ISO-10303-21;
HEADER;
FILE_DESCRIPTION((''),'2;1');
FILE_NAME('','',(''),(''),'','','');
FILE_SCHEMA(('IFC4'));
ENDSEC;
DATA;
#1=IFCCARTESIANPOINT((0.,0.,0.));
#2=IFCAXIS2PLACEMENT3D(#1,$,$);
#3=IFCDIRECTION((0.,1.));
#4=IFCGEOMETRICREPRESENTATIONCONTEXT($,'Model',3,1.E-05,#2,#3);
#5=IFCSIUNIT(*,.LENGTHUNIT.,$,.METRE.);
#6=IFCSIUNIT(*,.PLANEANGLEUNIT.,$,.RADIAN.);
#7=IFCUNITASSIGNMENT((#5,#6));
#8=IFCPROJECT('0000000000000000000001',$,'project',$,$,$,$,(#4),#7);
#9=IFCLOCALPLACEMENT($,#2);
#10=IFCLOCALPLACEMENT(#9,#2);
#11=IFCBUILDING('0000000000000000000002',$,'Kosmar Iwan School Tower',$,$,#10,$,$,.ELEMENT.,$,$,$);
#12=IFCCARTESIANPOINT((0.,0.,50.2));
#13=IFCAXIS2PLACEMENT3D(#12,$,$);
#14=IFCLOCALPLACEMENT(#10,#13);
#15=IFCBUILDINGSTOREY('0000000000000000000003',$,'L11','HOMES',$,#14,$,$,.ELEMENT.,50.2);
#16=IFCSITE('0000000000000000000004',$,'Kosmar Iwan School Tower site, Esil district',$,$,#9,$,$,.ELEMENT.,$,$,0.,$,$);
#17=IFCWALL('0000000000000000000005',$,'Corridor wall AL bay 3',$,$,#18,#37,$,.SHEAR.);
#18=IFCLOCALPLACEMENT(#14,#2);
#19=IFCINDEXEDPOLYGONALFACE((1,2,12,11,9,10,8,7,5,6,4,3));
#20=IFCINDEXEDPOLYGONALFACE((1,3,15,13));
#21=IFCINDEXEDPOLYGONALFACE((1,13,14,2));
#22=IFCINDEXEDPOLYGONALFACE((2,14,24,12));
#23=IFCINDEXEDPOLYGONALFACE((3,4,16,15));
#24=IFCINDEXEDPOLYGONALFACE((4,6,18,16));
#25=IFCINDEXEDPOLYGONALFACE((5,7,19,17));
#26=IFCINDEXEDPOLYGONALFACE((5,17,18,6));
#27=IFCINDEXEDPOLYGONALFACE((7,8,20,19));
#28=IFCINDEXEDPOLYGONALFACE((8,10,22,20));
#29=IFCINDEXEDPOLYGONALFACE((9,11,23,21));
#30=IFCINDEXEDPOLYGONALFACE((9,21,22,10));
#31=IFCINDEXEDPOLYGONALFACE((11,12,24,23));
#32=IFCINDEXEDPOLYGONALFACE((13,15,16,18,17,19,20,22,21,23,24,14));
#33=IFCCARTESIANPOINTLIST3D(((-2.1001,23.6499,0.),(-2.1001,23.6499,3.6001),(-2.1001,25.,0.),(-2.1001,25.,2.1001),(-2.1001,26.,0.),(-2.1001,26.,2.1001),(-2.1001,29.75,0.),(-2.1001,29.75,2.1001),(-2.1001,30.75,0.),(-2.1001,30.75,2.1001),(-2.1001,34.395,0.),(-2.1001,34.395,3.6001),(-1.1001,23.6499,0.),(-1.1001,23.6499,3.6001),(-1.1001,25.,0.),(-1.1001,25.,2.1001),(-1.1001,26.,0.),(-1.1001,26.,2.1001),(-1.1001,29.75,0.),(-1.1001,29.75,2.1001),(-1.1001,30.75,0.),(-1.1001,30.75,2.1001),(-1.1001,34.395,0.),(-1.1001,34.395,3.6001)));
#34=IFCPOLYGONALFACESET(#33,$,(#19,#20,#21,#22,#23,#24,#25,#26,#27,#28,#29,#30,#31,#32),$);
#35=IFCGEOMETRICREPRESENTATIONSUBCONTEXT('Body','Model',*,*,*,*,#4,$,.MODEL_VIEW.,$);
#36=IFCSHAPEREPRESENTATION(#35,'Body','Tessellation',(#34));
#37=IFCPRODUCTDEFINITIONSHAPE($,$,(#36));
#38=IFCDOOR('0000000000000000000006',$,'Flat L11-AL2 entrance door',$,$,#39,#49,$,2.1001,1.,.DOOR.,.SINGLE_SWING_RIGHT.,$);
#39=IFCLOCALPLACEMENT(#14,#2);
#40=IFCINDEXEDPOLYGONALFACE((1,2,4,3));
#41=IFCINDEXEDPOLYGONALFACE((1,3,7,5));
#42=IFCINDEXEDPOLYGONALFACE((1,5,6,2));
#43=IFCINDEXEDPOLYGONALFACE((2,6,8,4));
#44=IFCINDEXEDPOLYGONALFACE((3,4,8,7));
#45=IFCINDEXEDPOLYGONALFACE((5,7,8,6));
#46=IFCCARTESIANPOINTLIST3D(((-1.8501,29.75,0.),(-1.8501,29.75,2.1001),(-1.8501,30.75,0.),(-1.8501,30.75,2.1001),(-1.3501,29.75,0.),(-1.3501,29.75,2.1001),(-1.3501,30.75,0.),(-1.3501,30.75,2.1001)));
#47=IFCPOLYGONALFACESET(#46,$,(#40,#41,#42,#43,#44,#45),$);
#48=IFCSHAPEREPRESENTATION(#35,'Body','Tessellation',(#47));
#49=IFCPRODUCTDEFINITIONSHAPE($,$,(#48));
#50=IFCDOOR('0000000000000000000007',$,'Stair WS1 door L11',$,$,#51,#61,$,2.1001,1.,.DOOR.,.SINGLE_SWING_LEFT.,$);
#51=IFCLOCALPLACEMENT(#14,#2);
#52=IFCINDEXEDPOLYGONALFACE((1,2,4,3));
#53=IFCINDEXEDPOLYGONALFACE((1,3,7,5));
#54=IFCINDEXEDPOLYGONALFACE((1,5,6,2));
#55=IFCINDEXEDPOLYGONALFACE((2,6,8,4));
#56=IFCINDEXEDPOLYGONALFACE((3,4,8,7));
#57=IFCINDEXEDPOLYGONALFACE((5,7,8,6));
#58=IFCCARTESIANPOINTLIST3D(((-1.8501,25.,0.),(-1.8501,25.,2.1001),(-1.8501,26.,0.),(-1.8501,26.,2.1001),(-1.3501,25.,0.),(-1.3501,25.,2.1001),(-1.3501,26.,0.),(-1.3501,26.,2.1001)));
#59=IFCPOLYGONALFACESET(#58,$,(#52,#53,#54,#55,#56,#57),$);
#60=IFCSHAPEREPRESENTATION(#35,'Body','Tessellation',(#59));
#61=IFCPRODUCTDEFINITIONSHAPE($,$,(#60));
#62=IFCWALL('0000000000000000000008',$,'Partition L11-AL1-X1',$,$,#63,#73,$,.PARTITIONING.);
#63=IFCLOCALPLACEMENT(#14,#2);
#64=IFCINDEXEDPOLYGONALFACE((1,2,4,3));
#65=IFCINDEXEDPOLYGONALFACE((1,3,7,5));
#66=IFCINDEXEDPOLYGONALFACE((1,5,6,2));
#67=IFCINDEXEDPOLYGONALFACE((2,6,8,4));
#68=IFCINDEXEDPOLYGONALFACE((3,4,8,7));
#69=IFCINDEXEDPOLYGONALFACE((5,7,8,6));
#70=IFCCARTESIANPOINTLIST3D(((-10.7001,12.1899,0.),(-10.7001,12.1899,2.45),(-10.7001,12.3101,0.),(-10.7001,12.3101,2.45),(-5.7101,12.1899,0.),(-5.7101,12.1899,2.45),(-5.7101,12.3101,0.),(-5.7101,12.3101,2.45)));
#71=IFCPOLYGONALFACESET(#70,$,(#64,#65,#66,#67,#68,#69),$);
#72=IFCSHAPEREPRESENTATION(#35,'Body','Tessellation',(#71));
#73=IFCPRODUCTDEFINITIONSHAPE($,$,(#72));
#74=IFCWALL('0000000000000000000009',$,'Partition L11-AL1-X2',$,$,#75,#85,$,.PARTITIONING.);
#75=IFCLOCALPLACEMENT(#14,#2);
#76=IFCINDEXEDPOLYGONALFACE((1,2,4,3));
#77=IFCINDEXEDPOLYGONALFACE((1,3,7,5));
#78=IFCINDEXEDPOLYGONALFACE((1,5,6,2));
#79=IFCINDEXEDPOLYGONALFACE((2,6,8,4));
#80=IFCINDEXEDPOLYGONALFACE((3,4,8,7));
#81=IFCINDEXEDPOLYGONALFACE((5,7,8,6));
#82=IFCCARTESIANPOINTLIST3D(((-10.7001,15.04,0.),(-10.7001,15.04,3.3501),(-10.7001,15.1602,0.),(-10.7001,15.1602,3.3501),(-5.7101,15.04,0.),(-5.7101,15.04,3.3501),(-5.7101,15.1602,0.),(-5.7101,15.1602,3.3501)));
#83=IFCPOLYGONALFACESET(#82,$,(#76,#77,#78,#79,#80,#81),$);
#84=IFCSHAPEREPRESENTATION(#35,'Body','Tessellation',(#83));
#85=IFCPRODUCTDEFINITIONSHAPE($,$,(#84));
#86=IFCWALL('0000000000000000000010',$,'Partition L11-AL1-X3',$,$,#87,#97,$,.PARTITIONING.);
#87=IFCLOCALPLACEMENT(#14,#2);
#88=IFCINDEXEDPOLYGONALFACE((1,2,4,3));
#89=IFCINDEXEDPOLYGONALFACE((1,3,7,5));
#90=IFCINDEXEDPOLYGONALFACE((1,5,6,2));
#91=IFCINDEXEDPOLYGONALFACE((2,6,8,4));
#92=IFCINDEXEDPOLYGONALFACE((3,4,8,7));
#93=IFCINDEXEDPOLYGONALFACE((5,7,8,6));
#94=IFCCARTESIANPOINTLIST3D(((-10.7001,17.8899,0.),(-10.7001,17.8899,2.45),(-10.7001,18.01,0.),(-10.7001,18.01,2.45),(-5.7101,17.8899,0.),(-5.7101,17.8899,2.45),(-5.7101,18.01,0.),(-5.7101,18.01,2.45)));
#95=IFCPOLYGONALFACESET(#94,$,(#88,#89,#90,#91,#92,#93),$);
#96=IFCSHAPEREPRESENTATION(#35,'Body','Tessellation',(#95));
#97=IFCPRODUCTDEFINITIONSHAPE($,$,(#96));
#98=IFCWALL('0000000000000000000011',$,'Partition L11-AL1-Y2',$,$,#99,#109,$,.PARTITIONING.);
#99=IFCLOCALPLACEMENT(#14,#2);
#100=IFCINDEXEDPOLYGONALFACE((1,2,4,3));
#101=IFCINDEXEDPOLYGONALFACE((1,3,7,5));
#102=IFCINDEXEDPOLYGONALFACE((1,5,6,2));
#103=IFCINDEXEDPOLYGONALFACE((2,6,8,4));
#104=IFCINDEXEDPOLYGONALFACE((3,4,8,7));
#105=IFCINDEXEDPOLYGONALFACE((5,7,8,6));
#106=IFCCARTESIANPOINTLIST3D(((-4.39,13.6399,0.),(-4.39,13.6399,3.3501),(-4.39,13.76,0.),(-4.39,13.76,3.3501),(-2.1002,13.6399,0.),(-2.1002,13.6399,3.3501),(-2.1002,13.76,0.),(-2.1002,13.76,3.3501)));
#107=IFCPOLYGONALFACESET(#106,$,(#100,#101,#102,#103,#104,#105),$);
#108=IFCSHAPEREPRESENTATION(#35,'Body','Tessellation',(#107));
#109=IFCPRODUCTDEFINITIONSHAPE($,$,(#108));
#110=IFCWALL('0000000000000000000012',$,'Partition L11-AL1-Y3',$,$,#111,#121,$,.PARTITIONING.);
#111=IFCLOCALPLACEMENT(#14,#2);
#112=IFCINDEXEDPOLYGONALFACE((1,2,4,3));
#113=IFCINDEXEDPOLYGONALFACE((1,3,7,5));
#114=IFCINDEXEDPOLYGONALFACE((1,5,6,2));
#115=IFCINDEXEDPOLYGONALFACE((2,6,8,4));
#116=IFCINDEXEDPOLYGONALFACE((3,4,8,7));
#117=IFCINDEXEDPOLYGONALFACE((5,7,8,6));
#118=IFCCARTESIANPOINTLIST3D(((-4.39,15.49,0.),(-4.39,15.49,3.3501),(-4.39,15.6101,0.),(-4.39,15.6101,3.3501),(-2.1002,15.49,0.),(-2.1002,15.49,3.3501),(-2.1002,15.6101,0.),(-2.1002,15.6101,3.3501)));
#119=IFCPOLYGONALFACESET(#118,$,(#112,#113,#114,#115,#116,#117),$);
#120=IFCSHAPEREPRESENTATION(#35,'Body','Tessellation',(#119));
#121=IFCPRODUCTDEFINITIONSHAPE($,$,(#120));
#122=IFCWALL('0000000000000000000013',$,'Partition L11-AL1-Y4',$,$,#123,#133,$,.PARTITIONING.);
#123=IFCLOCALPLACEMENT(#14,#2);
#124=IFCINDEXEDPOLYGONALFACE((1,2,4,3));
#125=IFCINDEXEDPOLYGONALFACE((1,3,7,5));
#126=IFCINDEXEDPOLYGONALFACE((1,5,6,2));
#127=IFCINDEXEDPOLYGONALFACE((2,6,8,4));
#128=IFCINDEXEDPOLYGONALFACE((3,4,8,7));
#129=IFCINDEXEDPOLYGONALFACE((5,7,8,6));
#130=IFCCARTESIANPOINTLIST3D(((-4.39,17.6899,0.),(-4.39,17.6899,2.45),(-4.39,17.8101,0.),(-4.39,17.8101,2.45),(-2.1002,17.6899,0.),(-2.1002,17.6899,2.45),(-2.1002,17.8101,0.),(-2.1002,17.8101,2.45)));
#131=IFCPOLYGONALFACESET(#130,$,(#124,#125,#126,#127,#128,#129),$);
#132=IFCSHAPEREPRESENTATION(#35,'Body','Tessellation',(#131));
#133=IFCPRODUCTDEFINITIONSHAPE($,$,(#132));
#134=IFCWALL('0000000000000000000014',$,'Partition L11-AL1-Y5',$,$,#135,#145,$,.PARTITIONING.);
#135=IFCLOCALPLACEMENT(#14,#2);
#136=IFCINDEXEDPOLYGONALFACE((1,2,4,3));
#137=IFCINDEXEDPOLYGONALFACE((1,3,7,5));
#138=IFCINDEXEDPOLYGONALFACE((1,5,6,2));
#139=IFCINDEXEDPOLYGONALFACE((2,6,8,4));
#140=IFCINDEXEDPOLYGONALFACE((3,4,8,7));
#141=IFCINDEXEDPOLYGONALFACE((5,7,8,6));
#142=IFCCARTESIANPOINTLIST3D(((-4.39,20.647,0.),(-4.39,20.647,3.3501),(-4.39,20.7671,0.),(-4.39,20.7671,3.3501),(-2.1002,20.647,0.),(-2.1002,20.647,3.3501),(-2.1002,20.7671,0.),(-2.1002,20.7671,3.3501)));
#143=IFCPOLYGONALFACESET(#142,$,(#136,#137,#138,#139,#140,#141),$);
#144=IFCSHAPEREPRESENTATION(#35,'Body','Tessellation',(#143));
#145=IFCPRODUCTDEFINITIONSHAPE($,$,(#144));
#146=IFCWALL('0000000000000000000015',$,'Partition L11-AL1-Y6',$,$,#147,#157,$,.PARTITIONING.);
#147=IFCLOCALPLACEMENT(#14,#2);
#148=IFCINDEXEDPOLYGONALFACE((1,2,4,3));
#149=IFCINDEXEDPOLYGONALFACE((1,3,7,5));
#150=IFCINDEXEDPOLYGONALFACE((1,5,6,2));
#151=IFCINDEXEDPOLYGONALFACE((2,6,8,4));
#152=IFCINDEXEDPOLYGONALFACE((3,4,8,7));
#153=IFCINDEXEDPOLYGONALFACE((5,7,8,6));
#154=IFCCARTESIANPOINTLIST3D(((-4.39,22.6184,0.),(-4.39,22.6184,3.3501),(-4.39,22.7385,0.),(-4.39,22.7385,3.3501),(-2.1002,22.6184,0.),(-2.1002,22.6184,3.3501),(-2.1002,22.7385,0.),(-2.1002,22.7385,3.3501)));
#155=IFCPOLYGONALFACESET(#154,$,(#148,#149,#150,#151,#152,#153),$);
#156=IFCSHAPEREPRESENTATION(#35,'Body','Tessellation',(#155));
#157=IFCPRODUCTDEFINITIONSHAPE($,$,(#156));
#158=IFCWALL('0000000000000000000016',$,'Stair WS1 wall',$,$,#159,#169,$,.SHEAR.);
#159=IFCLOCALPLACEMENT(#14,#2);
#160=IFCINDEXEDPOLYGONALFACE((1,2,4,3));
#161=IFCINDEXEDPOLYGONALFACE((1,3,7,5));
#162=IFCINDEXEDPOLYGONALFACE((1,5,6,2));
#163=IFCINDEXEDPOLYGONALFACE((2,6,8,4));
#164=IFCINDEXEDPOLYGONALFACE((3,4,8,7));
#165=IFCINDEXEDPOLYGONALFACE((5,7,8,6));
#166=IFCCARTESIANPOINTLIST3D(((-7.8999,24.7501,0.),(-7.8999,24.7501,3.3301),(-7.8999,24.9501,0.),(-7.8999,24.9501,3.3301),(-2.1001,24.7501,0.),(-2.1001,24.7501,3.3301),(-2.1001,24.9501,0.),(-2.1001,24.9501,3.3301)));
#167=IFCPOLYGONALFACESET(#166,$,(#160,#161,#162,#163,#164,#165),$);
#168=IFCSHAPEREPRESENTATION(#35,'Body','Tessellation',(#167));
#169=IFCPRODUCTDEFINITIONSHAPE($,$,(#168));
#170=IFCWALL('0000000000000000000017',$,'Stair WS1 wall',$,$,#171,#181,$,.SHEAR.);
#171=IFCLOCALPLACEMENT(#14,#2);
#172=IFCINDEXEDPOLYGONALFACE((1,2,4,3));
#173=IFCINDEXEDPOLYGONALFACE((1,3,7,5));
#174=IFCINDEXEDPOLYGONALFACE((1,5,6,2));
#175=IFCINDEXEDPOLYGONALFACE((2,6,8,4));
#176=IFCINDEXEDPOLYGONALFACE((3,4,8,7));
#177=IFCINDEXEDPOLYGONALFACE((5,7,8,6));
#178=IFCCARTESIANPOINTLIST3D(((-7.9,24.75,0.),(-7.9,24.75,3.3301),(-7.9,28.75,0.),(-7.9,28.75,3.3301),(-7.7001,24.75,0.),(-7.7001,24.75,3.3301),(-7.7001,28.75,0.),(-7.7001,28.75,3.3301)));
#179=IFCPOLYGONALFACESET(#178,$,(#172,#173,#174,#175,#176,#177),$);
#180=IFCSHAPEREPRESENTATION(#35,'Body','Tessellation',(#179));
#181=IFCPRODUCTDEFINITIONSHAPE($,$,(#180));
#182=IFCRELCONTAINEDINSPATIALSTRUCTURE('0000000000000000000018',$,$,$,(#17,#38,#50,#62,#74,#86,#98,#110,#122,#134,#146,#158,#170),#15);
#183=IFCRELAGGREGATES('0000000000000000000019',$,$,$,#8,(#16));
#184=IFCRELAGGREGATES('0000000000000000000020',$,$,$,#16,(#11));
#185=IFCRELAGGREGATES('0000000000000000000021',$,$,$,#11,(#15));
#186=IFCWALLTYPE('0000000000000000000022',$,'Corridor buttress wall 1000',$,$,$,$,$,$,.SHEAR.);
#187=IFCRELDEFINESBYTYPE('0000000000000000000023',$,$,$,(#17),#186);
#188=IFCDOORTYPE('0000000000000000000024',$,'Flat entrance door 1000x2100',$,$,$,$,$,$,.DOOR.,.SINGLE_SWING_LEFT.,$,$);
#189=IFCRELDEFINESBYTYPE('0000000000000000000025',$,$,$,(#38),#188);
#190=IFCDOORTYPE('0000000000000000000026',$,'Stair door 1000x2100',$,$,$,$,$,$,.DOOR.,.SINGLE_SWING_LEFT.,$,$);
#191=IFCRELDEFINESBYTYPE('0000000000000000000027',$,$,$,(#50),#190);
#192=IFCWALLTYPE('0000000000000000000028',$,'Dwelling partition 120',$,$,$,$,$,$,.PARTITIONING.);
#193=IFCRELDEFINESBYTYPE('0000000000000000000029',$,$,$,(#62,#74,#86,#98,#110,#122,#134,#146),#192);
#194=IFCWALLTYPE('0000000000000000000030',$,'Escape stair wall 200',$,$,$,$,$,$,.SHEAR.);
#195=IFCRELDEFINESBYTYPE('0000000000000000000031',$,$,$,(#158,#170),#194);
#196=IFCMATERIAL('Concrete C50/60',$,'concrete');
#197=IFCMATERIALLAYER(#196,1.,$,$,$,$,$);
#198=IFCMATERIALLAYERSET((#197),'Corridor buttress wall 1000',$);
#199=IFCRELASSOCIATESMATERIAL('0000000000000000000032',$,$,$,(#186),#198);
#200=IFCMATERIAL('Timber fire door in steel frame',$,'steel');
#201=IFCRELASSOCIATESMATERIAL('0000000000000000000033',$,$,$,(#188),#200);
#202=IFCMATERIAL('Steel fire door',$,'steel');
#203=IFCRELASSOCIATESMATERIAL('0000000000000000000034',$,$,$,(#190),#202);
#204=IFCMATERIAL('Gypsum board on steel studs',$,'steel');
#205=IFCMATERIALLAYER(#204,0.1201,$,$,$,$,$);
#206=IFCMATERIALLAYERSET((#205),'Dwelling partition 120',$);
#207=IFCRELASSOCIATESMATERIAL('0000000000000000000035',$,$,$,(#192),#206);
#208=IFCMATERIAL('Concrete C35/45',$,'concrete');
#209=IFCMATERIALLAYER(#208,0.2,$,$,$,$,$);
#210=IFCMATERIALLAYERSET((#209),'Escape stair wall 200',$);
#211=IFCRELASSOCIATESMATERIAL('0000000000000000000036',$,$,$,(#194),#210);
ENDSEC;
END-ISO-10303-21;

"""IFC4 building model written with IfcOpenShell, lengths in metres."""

from ifc_helpers import new_model, si_unit, direction, frame, frame_2d, origin, place, context, subcontext, project, spatial, rectangle, extrude, material, layer, layer_set, type_object, element, fill, save


model = new_model("IFC4")

# Units and contexts
model_context = context("Model", 3, precision=1e-05, world=origin(), true_north=direction((0.0, 1.0)))
body_context = subcontext(model_context, "Body", "Model", "MODEL_VIEW")
ifc_project = project(units=[si_unit("LENGTHUNIT", "METRE"), si_unit("PLANEANGLEUNIT", "RADIAN")], contexts=[model_context])

# Site, building, storey
site_placement = place(None, origin())
site = spatial("IfcSite", under=ifc_project, at=site_placement, Name="Kosmar Iwan School Tower site, Esil district", CompositionType="ELEMENT", RefElevation=0.0)
building_placement = place(site_placement, origin())
building = spatial("IfcBuilding", under=site, at=building_placement, Name="Kosmar Iwan School Tower", CompositionType="ELEMENT")
storey_placement = place(building_placement, frame((0.0, 0.0, 50.2)))
storey = spatial("IfcBuildingStorey", under=building, at=storey_placement, Name="L11", Description="HOMES", CompositionType="ELEMENT", Elevation=50.2)

# Shared definitions
ifc_material_1 = material(Name="Concrete C50/60", Category="concrete")
ifc_layer_1 = layer(ifc_material_1, 1.0)
ifc_layer_set_1 = layer_set([ifc_layer_1], Name="Corridor buttress wall 1000")
wall_type_1 = type_object("IfcWallType", Name="Corridor buttress wall 1000", PredefinedType="SHEAR", material=ifc_layer_set_1)

# Wall, openings, doors
wall_1_placement = place(storey_placement, frame((-1.6001, 23.6499, 0.0), z_axis=(0.0, 0.0, 1.0), x_axis=(0.0, 1.0, 0.0)))
wall_1 = element("IfcWall", 1, at=wall_1_placement, inside=storey, type_object=wall_type_1, Name="Corridor wall AL bay 3", PredefinedType="SHEAR", context=body_context, shape_type="SweptSolid", body=[
    extrude(rectangle(XDim=10.7451, YDim=1.0, at=frame_2d((5.3726, 0.0))), origin(), (0.0, 0.0, 1.0), 3.6001),
])
opening_1_placement = place(wall_1_placement, frame((6.1001, 0.0, 0.0)))
opening_1 = element("IfcOpeningElement", 2, at=opening_1_placement, cuts=wall_1, PredefinedType="OPENING", context=body_context, shape_type="SweptSolid", body=[
    extrude(rectangle(XDim=1.0, YDim=2.1001, at=frame_2d((0.5, 1.05))), frame((0.0, 0.512, 0.0), z_axis=(0.0, -1.0, 0.0), x_axis=(1.0, 0.0, 0.0)), (0.0, 0.0, 1.0), 1.0239),
])
opening_2_placement = place(wall_1_placement, frame((1.3501, 0.0, 0.0)))
opening_2 = element("IfcOpeningElement", 3, at=opening_2_placement, cuts=wall_1, PredefinedType="OPENING", context=body_context, shape_type="SweptSolid", body=[
    extrude(rectangle(XDim=1.0, YDim=2.1001, at=frame_2d((0.5, 1.05))), frame((0.0, 0.512, 0.0), z_axis=(0.0, -1.0, 0.0), x_axis=(1.0, 0.0, 0.0)), (0.0, 0.0, 1.0), 1.0239),
])
ifc_material_2 = material(Name="Timber fire door in steel frame", Category="steel")
door_type_1 = type_object("IfcDoorType", Name="Flat entrance door 1000x2100", OperationType="SINGLE_SWING_LEFT", PredefinedType="DOOR", material=ifc_material_2)
door_1_placement = place(opening_1_placement, origin())
door_1 = element("IfcDoor", 4, at=door_1_placement, inside=storey, type_object=door_type_1, Name="Flat L11-AL2 entrance door", OperationType="SINGLE_SWING_RIGHT", OverallHeight=2.1001, OverallWidth=1.0, PredefinedType="DOOR", context=body_context, shape_type="SweptSolid", body=[
    extrude(rectangle(XDim=1.0, YDim=2.1001, at=frame_2d((0.5, 1.05))), frame((0.0, 0.25, 0.0), z_axis=(0.0, -1.0, 0.0), x_axis=(1.0, 0.0, 0.0)), (0.0, 0.0, 1.0), 0.5),
])
fill(opening_1, door_1)
ifc_material_3 = material(Name="Steel fire door", Category="steel")
door_type_2 = type_object("IfcDoorType", Name="Stair door 1000x2100", OperationType="SINGLE_SWING_LEFT", PredefinedType="DOOR", material=ifc_material_3)
door_2_placement = place(opening_2_placement, origin())
door_2 = element("IfcDoor", 5, at=door_2_placement, inside=storey, type_object=door_type_2, Name="Stair WS1 door L11", OperationType="SINGLE_SWING_LEFT", OverallHeight=2.1001, OverallWidth=1.0, PredefinedType="DOOR", context=body_context, shape_type="SweptSolid", body=[
    extrude(rectangle(XDim=1.0, YDim=2.1001, at=frame_2d((0.5, 1.05))), frame((0.0, 0.25, 0.0), z_axis=(0.0, -1.0, 0.0), x_axis=(1.0, 0.0, 0.0)), (0.0, 0.0, 1.0), 0.5),
])
fill(opening_2, door_2)

# Walls
ifc_material_4 = material(Name="Gypsum board on steel studs", Category="steel")
ifc_layer_2 = layer(ifc_material_4, 0.1201)
ifc_layer_set_2 = layer_set([ifc_layer_2], Name="Dwelling partition 120")
wall_type_2 = type_object("IfcWallType", Name="Dwelling partition 120", PredefinedType="PARTITIONING", material=ifc_layer_set_2)
wall_2_placement = place(storey_placement, frame((-5.71, 12.25, 0.0), z_axis=(0.0, 0.0, 1.0), x_axis=(-1.0, 0.0, 0.0)))
element("IfcWall", 6, at=wall_2_placement, inside=storey, type_object=wall_type_2, Name="Partition L11-AL1-X1", PredefinedType="PARTITIONING", context=body_context, shape_type="SweptSolid", body=[
    extrude(rectangle(XDim=4.99, YDim=0.1201, at=frame_2d((2.4951, 0.0))), origin(), (0.0, 0.0, 1.0), 2.45),
])
wall_3_placement = place(storey_placement, frame((-5.71, 15.1001, 0.0), z_axis=(0.0, 0.0, 1.0), x_axis=(-1.0, 0.0, 0.0)))
element("IfcWall", 7, at=wall_3_placement, inside=storey, type_object=wall_type_2, Name="Partition L11-AL1-X2", PredefinedType="PARTITIONING", context=body_context, shape_type="SweptSolid", body=[
    extrude(rectangle(XDim=4.99, YDim=0.1201, at=frame_2d((2.4951, 0.0))), origin(), (0.0, 0.0, 1.0), 3.3501),
])
wall_4_placement = place(storey_placement, frame((-5.71, 17.95, 0.0), z_axis=(0.0, 0.0, 1.0), x_axis=(-1.0, 0.0, 0.0)))
element("IfcWall", 8, at=wall_4_placement, inside=storey, type_object=wall_type_2, Name="Partition L11-AL1-X3", PredefinedType="PARTITIONING", context=body_context, shape_type="SweptSolid", body=[
    extrude(rectangle(XDim=4.99, YDim=0.1201, at=frame_2d((2.4951, 0.0))), origin(), (0.0, 0.0, 1.0), 2.45),
])
for number, where, z_axis, x_axis, name in (
    (9, (-2.1001, 13.7, 0.0), (0.0, 0.0, 1.0), (-1.0, 0.0, 0.0), "Partition L11-AL1-Y2"),
    (10, (-2.1001, 15.55, 0.0), (0.0, 0.0, 1.0), (-1.0, 0.0, 0.0), "Partition L11-AL1-Y3"),
):
    element("IfcWall", number, at=place(storey_placement, frame(where, z_axis=z_axis, x_axis=x_axis)), inside=storey, type_object=wall_type_2, Name=name, PredefinedType="PARTITIONING", context=body_context, shape_type="SweptSolid", body=[
        extrude(rectangle(XDim=2.2898, YDim=0.1201, at=frame_2d((1.145, 0.0))), origin(), (0.0, 0.0, 1.0), 3.3501),
    ])
wall_5_placement = place(storey_placement, frame((-2.1001, 17.75, 0.0), z_axis=(0.0, 0.0, 1.0), x_axis=(-1.0, 0.0, 0.0)))
element("IfcWall", 11, at=wall_5_placement, inside=storey, type_object=wall_type_2, Name="Partition L11-AL1-Y4", PredefinedType="PARTITIONING", context=body_context, shape_type="SweptSolid", body=[
    extrude(rectangle(XDim=2.2898, YDim=0.1201, at=frame_2d((1.145, 0.0))), origin(), (0.0, 0.0, 1.0), 2.45),
])
for number, where, z_axis, x_axis, name in (
    (12, (-2.1001, 20.707, 0.0), (0.0, 0.0, 1.0), (-1.0, 0.0, 0.0), "Partition L11-AL1-Y5"),
    (13, (-2.1001, 22.6785, 0.0), (0.0, 0.0, 1.0), (-1.0, 0.0, 0.0), "Partition L11-AL1-Y6"),
):
    element("IfcWall", number, at=place(storey_placement, frame(where, z_axis=z_axis, x_axis=x_axis)), inside=storey, type_object=wall_type_2, Name=name, PredefinedType="PARTITIONING", context=body_context, shape_type="SweptSolid", body=[
        extrude(rectangle(XDim=2.2898, YDim=0.1201, at=frame_2d((1.145, 0.0))), origin(), (0.0, 0.0, 1.0), 3.3501),
    ])
ifc_material_5 = material(Name="Concrete C35/45", Category="concrete")
ifc_layer_3 = layer(ifc_material_5, 0.2)
ifc_layer_set_3 = layer_set([ifc_layer_3], Name="Escape stair wall 200")
wall_type_3 = type_object("IfcWallType", Name="Escape stair wall 200", PredefinedType="SHEAR", material=ifc_layer_set_3)
wall_6_placement = place(storey_placement, frame((-2.1001, 24.8501, 0.0), z_axis=(0.0, 0.0, 1.0), x_axis=(-1.0, 0.0, 0.0)))
element("IfcWall", 14, at=wall_6_placement, inside=storey, type_object=wall_type_3, Name="Stair WS1 wall", PredefinedType="SHEAR", context=body_context, shape_type="SweptSolid", body=[
    extrude(rectangle(XDim=5.7998, YDim=0.2, at=frame_2d((2.8999, 0.0))), origin(), (0.0, 0.0, 1.0), 3.3301),
])
wall_7_placement = place(storey_placement, frame((-7.8, 24.75, 0.0), z_axis=(0.0, 0.0, 1.0), x_axis=(0.0, 1.0, 0.0)))
element("IfcWall", 15, at=wall_7_placement, inside=storey, type_object=wall_type_3, Name="Stair WS1 wall", PredefinedType="SHEAR", context=body_context, shape_type="SweptSolid", body=[
    extrude(rectangle(XDim=4.0, YDim=0.2, at=frame_2d((2.0, 0.0))), origin(), (0.0, 0.0, 1.0), 3.3301),
])

save(model, "model.ifc")
